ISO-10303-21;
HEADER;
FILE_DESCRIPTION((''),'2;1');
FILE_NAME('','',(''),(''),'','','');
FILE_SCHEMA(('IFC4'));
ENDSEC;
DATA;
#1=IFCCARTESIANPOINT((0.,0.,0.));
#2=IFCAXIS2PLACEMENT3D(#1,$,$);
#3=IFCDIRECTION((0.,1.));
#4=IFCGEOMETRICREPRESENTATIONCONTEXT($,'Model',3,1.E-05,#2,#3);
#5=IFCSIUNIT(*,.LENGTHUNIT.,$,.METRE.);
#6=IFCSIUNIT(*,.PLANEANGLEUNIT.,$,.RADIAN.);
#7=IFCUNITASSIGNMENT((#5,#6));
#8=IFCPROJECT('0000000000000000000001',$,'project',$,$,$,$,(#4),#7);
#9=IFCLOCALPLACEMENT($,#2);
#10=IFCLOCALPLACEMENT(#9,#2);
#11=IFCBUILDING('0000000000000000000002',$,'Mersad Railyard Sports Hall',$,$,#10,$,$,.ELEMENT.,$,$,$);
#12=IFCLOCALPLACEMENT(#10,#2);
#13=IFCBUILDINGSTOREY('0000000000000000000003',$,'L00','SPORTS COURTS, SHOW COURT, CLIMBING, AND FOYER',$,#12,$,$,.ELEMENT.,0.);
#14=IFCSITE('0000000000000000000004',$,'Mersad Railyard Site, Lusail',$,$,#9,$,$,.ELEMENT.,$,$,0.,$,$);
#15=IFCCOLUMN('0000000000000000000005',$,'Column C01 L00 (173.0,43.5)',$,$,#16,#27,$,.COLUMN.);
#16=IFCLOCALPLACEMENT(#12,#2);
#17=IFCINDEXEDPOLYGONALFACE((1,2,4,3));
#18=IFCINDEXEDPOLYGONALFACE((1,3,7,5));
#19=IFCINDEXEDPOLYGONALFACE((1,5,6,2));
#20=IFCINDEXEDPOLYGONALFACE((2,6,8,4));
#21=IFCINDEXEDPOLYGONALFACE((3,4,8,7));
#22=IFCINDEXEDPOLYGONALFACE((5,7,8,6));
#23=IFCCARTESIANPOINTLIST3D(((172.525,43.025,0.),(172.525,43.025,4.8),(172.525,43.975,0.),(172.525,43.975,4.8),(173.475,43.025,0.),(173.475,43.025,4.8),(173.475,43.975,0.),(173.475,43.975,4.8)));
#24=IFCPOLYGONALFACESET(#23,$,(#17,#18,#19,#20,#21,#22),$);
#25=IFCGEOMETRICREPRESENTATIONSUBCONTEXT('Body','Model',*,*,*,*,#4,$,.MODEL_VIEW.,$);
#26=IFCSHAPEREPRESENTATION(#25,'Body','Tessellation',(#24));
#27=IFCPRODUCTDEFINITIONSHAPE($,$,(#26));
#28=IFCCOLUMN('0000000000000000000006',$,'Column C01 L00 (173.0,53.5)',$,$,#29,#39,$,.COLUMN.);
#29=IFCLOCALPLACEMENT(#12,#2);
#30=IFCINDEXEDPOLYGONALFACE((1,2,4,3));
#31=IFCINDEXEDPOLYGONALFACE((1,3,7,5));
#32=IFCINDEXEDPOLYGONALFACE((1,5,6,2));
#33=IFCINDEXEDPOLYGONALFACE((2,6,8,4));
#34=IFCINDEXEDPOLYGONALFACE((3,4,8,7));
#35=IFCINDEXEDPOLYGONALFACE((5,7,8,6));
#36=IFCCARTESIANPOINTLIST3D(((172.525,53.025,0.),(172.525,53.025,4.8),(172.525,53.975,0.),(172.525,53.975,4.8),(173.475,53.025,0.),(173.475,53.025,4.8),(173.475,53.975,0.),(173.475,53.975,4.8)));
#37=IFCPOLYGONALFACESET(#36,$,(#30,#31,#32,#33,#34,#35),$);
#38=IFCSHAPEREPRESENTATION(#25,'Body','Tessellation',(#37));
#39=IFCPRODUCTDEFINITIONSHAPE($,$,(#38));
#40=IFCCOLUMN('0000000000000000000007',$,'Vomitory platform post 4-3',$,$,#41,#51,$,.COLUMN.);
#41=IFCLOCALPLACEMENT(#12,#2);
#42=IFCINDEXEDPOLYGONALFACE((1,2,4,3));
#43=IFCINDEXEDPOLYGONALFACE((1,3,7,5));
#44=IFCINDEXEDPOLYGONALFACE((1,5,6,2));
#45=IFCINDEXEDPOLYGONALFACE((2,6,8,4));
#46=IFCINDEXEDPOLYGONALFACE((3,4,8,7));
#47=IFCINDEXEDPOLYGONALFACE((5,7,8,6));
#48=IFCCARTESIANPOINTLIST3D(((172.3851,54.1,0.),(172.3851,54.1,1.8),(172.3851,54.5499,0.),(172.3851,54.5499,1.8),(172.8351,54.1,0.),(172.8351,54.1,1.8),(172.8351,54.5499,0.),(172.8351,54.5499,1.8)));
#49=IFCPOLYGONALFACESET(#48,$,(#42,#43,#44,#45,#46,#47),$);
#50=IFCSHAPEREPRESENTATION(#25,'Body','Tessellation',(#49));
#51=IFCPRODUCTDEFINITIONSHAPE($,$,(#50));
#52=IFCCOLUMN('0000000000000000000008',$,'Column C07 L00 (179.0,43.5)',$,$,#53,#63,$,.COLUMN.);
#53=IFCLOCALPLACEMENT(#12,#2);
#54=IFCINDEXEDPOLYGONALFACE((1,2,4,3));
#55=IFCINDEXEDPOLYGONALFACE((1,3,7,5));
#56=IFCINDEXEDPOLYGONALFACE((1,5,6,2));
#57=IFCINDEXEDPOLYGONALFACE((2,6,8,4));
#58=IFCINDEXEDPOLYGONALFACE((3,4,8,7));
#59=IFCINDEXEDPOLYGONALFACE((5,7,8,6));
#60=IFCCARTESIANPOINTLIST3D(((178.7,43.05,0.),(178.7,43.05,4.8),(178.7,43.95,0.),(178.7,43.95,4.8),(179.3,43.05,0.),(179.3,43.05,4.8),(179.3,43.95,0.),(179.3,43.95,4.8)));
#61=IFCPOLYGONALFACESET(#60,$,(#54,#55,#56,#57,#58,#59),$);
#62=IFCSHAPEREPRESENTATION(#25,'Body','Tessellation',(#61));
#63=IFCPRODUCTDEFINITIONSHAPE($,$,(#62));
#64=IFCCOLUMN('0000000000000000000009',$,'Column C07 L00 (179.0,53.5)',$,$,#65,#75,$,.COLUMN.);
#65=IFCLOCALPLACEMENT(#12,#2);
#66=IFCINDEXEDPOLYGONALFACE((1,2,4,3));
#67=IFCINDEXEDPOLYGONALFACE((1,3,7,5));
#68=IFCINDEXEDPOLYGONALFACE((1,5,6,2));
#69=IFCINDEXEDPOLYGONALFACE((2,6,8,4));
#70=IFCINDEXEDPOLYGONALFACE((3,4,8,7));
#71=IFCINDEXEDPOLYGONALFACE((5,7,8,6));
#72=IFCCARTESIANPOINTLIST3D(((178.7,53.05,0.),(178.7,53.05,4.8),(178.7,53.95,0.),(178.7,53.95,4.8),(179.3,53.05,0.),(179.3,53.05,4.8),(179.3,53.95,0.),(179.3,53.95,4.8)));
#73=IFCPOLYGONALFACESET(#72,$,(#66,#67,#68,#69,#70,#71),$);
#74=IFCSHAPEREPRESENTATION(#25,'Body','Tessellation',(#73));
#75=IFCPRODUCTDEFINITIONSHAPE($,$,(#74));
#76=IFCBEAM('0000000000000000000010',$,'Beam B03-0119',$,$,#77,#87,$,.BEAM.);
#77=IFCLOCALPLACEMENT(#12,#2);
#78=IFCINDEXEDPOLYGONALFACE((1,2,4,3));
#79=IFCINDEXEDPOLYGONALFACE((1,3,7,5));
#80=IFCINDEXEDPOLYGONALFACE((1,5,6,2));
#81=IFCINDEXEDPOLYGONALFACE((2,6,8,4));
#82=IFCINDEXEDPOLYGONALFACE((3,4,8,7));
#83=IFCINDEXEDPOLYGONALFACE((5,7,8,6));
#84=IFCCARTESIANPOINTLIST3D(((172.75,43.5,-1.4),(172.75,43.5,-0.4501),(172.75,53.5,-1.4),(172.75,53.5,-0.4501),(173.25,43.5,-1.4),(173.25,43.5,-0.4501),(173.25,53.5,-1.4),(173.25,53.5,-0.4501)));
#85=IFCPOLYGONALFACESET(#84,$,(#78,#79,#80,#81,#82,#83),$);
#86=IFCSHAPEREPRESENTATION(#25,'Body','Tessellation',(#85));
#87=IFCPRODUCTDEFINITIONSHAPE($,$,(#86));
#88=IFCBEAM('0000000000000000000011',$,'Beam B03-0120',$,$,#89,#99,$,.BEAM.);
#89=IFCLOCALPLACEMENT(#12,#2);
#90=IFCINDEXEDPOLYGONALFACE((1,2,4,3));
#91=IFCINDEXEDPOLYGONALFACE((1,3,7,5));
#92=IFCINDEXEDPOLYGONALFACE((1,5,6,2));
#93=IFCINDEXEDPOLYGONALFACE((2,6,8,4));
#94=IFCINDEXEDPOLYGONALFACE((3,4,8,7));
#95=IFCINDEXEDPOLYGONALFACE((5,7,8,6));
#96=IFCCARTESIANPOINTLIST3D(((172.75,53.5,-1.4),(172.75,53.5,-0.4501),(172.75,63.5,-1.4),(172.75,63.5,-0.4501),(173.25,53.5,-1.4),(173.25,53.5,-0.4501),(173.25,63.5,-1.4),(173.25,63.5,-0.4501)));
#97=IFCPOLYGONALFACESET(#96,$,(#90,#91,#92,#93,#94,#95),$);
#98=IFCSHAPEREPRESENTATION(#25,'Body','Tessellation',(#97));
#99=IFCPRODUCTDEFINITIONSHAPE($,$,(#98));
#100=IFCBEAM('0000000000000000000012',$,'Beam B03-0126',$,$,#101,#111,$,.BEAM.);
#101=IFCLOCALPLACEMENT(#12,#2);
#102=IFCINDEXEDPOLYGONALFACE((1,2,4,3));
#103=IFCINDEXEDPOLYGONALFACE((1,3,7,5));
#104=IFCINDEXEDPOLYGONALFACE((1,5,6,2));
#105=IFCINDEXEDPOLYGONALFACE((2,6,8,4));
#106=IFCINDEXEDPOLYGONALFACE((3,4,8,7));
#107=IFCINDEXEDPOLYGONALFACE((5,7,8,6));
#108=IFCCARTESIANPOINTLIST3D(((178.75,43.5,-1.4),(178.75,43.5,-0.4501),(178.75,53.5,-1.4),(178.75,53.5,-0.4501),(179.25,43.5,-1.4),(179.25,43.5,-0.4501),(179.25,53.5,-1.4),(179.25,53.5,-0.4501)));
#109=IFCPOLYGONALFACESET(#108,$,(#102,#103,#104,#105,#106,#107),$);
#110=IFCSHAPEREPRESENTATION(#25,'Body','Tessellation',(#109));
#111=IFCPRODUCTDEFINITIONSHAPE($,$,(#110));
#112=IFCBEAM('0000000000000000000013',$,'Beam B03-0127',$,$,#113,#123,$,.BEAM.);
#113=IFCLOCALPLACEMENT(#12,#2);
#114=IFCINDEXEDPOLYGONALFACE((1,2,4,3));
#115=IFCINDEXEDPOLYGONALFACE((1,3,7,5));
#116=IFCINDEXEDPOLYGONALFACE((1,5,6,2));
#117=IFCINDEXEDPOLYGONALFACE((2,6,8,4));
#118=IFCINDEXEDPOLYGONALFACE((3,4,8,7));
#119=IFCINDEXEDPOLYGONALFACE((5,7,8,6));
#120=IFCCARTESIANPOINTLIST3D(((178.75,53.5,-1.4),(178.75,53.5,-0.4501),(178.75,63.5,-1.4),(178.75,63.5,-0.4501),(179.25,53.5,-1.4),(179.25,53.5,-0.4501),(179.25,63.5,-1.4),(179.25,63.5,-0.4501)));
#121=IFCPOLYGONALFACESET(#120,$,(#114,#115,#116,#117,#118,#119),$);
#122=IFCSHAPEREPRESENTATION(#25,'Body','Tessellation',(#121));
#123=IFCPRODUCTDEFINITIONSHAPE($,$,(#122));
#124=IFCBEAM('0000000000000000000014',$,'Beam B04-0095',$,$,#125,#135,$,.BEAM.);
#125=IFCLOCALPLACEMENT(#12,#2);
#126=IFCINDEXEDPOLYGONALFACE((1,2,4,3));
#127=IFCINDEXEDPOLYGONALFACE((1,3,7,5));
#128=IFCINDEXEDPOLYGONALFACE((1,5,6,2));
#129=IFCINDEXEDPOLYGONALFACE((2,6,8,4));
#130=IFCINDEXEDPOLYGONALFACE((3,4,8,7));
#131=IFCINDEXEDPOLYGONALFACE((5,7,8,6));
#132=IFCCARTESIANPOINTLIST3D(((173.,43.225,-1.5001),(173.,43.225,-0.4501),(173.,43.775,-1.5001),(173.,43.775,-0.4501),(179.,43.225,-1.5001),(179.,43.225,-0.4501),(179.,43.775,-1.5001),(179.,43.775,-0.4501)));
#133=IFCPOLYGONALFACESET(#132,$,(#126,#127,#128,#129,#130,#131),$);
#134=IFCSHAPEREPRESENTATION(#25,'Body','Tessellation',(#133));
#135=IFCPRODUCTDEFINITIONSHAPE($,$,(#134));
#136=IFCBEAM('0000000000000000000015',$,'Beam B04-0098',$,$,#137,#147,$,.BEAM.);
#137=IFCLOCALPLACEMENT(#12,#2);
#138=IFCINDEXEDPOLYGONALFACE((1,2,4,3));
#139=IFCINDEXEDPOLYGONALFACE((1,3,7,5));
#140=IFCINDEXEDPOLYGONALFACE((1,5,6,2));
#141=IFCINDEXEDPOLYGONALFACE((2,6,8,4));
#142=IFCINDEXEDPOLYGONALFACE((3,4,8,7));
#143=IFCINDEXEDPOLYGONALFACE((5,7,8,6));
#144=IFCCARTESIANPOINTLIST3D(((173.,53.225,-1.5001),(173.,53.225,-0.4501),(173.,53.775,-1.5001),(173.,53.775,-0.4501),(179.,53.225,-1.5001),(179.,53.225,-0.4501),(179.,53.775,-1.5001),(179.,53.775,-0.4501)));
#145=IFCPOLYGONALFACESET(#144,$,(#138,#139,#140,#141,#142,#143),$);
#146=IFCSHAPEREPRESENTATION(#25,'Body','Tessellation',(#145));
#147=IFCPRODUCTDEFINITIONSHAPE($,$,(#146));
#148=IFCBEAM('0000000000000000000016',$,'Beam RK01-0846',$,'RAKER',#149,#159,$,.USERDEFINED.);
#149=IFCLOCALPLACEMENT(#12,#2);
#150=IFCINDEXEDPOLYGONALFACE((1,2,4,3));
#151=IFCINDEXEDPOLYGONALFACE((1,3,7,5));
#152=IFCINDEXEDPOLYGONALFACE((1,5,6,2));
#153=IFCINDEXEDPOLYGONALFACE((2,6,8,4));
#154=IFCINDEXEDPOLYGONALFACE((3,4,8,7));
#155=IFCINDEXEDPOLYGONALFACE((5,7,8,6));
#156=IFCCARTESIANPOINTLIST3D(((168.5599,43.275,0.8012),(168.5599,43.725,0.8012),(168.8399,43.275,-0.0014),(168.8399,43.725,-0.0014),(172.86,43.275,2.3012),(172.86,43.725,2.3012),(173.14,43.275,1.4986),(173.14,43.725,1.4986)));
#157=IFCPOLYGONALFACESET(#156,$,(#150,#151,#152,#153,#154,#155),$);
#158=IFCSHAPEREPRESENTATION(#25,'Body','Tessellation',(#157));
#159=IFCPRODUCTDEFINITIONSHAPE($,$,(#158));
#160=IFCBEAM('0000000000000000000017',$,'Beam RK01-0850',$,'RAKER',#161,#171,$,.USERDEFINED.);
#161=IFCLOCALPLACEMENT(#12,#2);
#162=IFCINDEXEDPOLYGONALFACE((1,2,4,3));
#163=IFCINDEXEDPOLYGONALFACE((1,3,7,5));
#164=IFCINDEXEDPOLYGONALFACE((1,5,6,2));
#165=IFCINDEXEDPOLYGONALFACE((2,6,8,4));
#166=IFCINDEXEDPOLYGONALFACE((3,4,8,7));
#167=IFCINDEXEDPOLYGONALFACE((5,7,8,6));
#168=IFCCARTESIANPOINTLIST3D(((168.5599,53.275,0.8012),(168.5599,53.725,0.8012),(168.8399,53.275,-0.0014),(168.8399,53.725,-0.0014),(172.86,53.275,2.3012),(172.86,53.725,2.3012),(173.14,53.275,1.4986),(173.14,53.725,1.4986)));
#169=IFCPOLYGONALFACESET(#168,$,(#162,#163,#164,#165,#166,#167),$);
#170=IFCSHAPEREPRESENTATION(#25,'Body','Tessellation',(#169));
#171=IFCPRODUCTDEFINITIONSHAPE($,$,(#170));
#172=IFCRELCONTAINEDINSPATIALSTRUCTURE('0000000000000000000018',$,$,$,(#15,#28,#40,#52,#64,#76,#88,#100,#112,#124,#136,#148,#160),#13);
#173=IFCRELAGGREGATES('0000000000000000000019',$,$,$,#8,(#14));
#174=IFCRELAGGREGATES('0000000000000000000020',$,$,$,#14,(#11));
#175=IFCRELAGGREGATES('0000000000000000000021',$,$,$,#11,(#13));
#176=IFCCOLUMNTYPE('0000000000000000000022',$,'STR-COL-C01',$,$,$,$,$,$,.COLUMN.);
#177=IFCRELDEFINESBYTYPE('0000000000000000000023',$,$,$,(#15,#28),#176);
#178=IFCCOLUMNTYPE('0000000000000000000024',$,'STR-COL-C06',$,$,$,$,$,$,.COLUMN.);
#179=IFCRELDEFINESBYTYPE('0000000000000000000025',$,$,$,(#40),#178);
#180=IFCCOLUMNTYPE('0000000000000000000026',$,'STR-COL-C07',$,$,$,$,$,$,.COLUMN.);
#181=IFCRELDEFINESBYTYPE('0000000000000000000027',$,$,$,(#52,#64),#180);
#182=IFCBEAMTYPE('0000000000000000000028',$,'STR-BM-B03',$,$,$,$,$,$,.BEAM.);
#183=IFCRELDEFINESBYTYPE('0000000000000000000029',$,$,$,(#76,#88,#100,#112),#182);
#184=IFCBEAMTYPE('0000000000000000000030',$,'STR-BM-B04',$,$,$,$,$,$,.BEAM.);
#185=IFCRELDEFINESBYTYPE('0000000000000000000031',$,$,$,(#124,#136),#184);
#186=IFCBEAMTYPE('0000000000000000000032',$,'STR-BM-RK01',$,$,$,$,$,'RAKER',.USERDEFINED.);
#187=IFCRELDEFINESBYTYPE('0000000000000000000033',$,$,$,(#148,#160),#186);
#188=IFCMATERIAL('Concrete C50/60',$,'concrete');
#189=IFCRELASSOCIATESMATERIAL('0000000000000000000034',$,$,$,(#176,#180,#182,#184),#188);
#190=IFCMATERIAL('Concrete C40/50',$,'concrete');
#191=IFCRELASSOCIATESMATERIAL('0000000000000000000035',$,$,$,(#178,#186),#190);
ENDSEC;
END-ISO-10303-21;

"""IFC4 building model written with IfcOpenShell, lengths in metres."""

from ifc_helpers import new_model, si_unit, direction, frame, origin, origin_2d, place, context, subcontext, project, spatial, rectangle, extrude, material, material_profile, profile_set, type_object, element, save


model = new_model("IFC4")

# Units and contexts
model_context = context("Model", 3, precision=1e-05, world=origin(), true_north=direction((0.0, 1.0)))
body_context = subcontext(model_context, "Body", "Model", "MODEL_VIEW")
ifc_project = project(units=[si_unit("LENGTHUNIT", "METRE"), si_unit("PLANEANGLEUNIT", "RADIAN")], contexts=[model_context])

# Site, building, storey
site_placement = place(None, origin())
site = spatial("IfcSite", under=ifc_project, at=site_placement, Name="Mersad Railyard Site, Lusail", CompositionType="ELEMENT", RefElevation=0.0)
building_placement = place(site_placement, origin())
building = spatial("IfcBuilding", under=site, at=building_placement, Name="Mersad Railyard Sports Hall", CompositionType="ELEMENT")
storey_placement = place(building_placement, origin())
storey = spatial("IfcBuildingStorey", under=building, at=storey_placement, Name="L00", Description="SPORTS COURTS, SHOW COURT, CLIMBING, AND FOYER", CompositionType="ELEMENT", Elevation=0.0)

# Columns
ifc_material_1 = material(Name="Concrete C50/60", Category="concrete")
ifc_material_profile_1 = material_profile(ifc_material_1, rectangle(XDim=0.95, YDim=0.95, at=origin_2d()), Name="RC 950x950")
ifc_profile_set_1 = profile_set([ifc_material_profile_1], Name="Concrete C50/60")
column_type_1 = type_object("IfcColumnType", Name="STR-COL-C01", PredefinedType="COLUMN", material=ifc_profile_set_1)
for number, where, z_axis, x_axis, name in (
    (1, (173.0, 43.5, 0.0), (0.0, 0.0, 1.0), (1.0, 0.0, 0.0), "Column C01 L00 (173.0,43.5)"),
    (2, (173.0, 53.5, 0.0), (0.0, 0.0, 1.0), (1.0, 0.0, 0.0), "Column C01 L00 (173.0,53.5)"),
):
    element("IfcColumn", number, at=place(storey_placement, frame(where, z_axis=z_axis, x_axis=x_axis)), inside=storey, type_object=column_type_1, Name=name, PredefinedType="COLUMN", context=body_context, shape_type="SweptSolid", body=[
        extrude(rectangle(XDim=0.95, YDim=0.95, at=origin_2d()), origin(), (0.0, 0.0, 1.0), 4.8),
    ])
ifc_material_2 = material(Name="Concrete C40/50", Category="concrete")
ifc_material_profile_2 = material_profile(ifc_material_2, rectangle(XDim=0.45, YDim=0.45, at=origin_2d()), Name="RC 450x450")
ifc_profile_set_2 = profile_set([ifc_material_profile_2], Name="Concrete C40/50")
column_type_2 = type_object("IfcColumnType", Name="STR-COL-C06", PredefinedType="COLUMN", material=ifc_profile_set_2)
column_placement = place(storey_placement, frame((172.6101, 54.325, 0.0), z_axis=(0.0, 0.0, 1.0), x_axis=(1.0, 0.0, 0.0)))
element("IfcColumn", 3, at=column_placement, inside=storey, type_object=column_type_2, Name="Vomitory platform post 4-3", PredefinedType="COLUMN", context=body_context, shape_type="SweptSolid", body=[
    extrude(rectangle(XDim=0.45, YDim=0.45, at=origin_2d()), origin(), (0.0, 0.0, 1.0), 1.8),
])
ifc_material_profile_3 = material_profile(ifc_material_1, rectangle(XDim=0.6001, YDim=0.8999, at=origin_2d()), Name="RC 600x900")
ifc_profile_set_3 = profile_set([ifc_material_profile_3], Name="Concrete C50/60")
column_type_3 = type_object("IfcColumnType", Name="STR-COL-C07", PredefinedType="COLUMN", material=ifc_profile_set_3)
for number, where, z_axis, x_axis, name in (
    (4, (179.0, 43.5, 0.0), (0.0, 0.0, 1.0), (1.0, 0.0, 0.0), "Column C07 L00 (179.0,43.5)"),
    (5, (179.0, 53.5, 0.0), (0.0, 0.0, 1.0), (1.0, 0.0, 0.0), "Column C07 L00 (179.0,53.5)"),
):
    element("IfcColumn", number, at=place(storey_placement, frame(where, z_axis=z_axis, x_axis=x_axis)), inside=storey, type_object=column_type_3, Name=name, PredefinedType="COLUMN", context=body_context, shape_type="SweptSolid", body=[
        extrude(rectangle(XDim=0.6001, YDim=0.8999, at=origin_2d()), origin(), (0.0, 0.0, 1.0), 4.8),
    ])

# Beams
ifc_material_profile_4 = material_profile(ifc_material_1, rectangle(XDim=0.5, YDim=0.95, at=origin_2d()), Name="RC 500x950")
ifc_profile_set_4 = profile_set([ifc_material_profile_4], Name="Concrete C50/60")
beam_type_1 = type_object("IfcBeamType", Name="STR-BM-B03", PredefinedType="BEAM", material=ifc_profile_set_4)
for number, where, z_axis, x_axis, name in (
    (6, (173.0, 43.5, -0.925), (0.0, 1.0, 0.0), (-1.0, 0.0, 0.0), "Beam B03-0119"),
    (7, (173.0, 53.5, -0.925), (0.0, 1.0, 0.0), (-1.0, 0.0, 0.0), "Beam B03-0120"),
    (8, (179.0, 43.5, -0.925), (0.0, 1.0, 0.0), (-1.0, 0.0, 0.0), "Beam B03-0126"),
    (9, (179.0, 53.5, -0.925), (0.0, 1.0, 0.0), (-1.0, 0.0, 0.0), "Beam B03-0127"),
):
    element("IfcBeam", number, at=place(storey_placement, frame(where, z_axis=z_axis, x_axis=x_axis)), inside=storey, type_object=beam_type_1, Name=name, PredefinedType="BEAM", context=body_context, shape_type="SweptSolid", body=[
        extrude(rectangle(XDim=0.5, YDim=0.95, at=origin_2d()), origin(), (0.0, 0.0, 1.0), 10.0),
    ])
ifc_material_profile_5 = material_profile(ifc_material_1, rectangle(XDim=0.55, YDim=1.05, at=origin_2d()), Name="RC 550x1050")
ifc_profile_set_5 = profile_set([ifc_material_profile_5], Name="Concrete C50/60")
beam_type_2 = type_object("IfcBeamType", Name="STR-BM-B04", PredefinedType="BEAM", material=ifc_profile_set_5)
for number, where, z_axis, x_axis, name in (
    (10, (173.0, 43.5, -0.9751), (1.0, 0.0, 0.0), (0.0, 1.0, 0.0), "Beam B04-0095"),
    (11, (173.0, 53.5, -0.9751), (1.0, 0.0, 0.0), (0.0, 1.0, 0.0), "Beam B04-0098"),
):
    element("IfcBeam", number, at=place(storey_placement, frame(where, z_axis=z_axis, x_axis=x_axis)), inside=storey, type_object=beam_type_2, Name=name, PredefinedType="BEAM", context=body_context, shape_type="SweptSolid", body=[
        extrude(rectangle(XDim=0.55, YDim=1.05, at=origin_2d()), origin(), (0.0, 0.0, 1.0), 6.0),
    ])
ifc_material_profile_6 = material_profile(ifc_material_2, rectangle(XDim=0.45, YDim=0.8501, at=origin_2d()), Name="RC 450x850")
ifc_profile_set_6 = profile_set([ifc_material_profile_6], Name="Concrete C40/50")
beam_type_3 = type_object("IfcBeamType", Name="STR-BM-RK01", ElementType="RAKER", PredefinedType="USERDEFINED", material=ifc_profile_set_6)
for number, where, z_axis, x_axis, name in (
    (12, (173.0, 43.5, 1.8999), (-0.944201, 0.0, -0.329369), (0.0, -1.0, 0.0), "Beam RK01-0846"),
    (13, (173.0, 53.5, 1.8999), (-0.944201, 0.0, -0.329369), (0.0, -1.0, 0.0), "Beam RK01-0850"),
):
    element("IfcBeam", number, at=place(storey_placement, frame(where, z_axis=z_axis, x_axis=x_axis)), inside=storey, type_object=beam_type_3, Name=name, ObjectType="RAKER", PredefinedType="USERDEFINED", context=body_context, shape_type="SweptSolid", body=[
        extrude(rectangle(XDim=0.45, YDim=0.8501, at=origin_2d()), origin(), (0.0, 0.0, 1.0), 4.5542),
    ])

save(model, "model.ifc")
